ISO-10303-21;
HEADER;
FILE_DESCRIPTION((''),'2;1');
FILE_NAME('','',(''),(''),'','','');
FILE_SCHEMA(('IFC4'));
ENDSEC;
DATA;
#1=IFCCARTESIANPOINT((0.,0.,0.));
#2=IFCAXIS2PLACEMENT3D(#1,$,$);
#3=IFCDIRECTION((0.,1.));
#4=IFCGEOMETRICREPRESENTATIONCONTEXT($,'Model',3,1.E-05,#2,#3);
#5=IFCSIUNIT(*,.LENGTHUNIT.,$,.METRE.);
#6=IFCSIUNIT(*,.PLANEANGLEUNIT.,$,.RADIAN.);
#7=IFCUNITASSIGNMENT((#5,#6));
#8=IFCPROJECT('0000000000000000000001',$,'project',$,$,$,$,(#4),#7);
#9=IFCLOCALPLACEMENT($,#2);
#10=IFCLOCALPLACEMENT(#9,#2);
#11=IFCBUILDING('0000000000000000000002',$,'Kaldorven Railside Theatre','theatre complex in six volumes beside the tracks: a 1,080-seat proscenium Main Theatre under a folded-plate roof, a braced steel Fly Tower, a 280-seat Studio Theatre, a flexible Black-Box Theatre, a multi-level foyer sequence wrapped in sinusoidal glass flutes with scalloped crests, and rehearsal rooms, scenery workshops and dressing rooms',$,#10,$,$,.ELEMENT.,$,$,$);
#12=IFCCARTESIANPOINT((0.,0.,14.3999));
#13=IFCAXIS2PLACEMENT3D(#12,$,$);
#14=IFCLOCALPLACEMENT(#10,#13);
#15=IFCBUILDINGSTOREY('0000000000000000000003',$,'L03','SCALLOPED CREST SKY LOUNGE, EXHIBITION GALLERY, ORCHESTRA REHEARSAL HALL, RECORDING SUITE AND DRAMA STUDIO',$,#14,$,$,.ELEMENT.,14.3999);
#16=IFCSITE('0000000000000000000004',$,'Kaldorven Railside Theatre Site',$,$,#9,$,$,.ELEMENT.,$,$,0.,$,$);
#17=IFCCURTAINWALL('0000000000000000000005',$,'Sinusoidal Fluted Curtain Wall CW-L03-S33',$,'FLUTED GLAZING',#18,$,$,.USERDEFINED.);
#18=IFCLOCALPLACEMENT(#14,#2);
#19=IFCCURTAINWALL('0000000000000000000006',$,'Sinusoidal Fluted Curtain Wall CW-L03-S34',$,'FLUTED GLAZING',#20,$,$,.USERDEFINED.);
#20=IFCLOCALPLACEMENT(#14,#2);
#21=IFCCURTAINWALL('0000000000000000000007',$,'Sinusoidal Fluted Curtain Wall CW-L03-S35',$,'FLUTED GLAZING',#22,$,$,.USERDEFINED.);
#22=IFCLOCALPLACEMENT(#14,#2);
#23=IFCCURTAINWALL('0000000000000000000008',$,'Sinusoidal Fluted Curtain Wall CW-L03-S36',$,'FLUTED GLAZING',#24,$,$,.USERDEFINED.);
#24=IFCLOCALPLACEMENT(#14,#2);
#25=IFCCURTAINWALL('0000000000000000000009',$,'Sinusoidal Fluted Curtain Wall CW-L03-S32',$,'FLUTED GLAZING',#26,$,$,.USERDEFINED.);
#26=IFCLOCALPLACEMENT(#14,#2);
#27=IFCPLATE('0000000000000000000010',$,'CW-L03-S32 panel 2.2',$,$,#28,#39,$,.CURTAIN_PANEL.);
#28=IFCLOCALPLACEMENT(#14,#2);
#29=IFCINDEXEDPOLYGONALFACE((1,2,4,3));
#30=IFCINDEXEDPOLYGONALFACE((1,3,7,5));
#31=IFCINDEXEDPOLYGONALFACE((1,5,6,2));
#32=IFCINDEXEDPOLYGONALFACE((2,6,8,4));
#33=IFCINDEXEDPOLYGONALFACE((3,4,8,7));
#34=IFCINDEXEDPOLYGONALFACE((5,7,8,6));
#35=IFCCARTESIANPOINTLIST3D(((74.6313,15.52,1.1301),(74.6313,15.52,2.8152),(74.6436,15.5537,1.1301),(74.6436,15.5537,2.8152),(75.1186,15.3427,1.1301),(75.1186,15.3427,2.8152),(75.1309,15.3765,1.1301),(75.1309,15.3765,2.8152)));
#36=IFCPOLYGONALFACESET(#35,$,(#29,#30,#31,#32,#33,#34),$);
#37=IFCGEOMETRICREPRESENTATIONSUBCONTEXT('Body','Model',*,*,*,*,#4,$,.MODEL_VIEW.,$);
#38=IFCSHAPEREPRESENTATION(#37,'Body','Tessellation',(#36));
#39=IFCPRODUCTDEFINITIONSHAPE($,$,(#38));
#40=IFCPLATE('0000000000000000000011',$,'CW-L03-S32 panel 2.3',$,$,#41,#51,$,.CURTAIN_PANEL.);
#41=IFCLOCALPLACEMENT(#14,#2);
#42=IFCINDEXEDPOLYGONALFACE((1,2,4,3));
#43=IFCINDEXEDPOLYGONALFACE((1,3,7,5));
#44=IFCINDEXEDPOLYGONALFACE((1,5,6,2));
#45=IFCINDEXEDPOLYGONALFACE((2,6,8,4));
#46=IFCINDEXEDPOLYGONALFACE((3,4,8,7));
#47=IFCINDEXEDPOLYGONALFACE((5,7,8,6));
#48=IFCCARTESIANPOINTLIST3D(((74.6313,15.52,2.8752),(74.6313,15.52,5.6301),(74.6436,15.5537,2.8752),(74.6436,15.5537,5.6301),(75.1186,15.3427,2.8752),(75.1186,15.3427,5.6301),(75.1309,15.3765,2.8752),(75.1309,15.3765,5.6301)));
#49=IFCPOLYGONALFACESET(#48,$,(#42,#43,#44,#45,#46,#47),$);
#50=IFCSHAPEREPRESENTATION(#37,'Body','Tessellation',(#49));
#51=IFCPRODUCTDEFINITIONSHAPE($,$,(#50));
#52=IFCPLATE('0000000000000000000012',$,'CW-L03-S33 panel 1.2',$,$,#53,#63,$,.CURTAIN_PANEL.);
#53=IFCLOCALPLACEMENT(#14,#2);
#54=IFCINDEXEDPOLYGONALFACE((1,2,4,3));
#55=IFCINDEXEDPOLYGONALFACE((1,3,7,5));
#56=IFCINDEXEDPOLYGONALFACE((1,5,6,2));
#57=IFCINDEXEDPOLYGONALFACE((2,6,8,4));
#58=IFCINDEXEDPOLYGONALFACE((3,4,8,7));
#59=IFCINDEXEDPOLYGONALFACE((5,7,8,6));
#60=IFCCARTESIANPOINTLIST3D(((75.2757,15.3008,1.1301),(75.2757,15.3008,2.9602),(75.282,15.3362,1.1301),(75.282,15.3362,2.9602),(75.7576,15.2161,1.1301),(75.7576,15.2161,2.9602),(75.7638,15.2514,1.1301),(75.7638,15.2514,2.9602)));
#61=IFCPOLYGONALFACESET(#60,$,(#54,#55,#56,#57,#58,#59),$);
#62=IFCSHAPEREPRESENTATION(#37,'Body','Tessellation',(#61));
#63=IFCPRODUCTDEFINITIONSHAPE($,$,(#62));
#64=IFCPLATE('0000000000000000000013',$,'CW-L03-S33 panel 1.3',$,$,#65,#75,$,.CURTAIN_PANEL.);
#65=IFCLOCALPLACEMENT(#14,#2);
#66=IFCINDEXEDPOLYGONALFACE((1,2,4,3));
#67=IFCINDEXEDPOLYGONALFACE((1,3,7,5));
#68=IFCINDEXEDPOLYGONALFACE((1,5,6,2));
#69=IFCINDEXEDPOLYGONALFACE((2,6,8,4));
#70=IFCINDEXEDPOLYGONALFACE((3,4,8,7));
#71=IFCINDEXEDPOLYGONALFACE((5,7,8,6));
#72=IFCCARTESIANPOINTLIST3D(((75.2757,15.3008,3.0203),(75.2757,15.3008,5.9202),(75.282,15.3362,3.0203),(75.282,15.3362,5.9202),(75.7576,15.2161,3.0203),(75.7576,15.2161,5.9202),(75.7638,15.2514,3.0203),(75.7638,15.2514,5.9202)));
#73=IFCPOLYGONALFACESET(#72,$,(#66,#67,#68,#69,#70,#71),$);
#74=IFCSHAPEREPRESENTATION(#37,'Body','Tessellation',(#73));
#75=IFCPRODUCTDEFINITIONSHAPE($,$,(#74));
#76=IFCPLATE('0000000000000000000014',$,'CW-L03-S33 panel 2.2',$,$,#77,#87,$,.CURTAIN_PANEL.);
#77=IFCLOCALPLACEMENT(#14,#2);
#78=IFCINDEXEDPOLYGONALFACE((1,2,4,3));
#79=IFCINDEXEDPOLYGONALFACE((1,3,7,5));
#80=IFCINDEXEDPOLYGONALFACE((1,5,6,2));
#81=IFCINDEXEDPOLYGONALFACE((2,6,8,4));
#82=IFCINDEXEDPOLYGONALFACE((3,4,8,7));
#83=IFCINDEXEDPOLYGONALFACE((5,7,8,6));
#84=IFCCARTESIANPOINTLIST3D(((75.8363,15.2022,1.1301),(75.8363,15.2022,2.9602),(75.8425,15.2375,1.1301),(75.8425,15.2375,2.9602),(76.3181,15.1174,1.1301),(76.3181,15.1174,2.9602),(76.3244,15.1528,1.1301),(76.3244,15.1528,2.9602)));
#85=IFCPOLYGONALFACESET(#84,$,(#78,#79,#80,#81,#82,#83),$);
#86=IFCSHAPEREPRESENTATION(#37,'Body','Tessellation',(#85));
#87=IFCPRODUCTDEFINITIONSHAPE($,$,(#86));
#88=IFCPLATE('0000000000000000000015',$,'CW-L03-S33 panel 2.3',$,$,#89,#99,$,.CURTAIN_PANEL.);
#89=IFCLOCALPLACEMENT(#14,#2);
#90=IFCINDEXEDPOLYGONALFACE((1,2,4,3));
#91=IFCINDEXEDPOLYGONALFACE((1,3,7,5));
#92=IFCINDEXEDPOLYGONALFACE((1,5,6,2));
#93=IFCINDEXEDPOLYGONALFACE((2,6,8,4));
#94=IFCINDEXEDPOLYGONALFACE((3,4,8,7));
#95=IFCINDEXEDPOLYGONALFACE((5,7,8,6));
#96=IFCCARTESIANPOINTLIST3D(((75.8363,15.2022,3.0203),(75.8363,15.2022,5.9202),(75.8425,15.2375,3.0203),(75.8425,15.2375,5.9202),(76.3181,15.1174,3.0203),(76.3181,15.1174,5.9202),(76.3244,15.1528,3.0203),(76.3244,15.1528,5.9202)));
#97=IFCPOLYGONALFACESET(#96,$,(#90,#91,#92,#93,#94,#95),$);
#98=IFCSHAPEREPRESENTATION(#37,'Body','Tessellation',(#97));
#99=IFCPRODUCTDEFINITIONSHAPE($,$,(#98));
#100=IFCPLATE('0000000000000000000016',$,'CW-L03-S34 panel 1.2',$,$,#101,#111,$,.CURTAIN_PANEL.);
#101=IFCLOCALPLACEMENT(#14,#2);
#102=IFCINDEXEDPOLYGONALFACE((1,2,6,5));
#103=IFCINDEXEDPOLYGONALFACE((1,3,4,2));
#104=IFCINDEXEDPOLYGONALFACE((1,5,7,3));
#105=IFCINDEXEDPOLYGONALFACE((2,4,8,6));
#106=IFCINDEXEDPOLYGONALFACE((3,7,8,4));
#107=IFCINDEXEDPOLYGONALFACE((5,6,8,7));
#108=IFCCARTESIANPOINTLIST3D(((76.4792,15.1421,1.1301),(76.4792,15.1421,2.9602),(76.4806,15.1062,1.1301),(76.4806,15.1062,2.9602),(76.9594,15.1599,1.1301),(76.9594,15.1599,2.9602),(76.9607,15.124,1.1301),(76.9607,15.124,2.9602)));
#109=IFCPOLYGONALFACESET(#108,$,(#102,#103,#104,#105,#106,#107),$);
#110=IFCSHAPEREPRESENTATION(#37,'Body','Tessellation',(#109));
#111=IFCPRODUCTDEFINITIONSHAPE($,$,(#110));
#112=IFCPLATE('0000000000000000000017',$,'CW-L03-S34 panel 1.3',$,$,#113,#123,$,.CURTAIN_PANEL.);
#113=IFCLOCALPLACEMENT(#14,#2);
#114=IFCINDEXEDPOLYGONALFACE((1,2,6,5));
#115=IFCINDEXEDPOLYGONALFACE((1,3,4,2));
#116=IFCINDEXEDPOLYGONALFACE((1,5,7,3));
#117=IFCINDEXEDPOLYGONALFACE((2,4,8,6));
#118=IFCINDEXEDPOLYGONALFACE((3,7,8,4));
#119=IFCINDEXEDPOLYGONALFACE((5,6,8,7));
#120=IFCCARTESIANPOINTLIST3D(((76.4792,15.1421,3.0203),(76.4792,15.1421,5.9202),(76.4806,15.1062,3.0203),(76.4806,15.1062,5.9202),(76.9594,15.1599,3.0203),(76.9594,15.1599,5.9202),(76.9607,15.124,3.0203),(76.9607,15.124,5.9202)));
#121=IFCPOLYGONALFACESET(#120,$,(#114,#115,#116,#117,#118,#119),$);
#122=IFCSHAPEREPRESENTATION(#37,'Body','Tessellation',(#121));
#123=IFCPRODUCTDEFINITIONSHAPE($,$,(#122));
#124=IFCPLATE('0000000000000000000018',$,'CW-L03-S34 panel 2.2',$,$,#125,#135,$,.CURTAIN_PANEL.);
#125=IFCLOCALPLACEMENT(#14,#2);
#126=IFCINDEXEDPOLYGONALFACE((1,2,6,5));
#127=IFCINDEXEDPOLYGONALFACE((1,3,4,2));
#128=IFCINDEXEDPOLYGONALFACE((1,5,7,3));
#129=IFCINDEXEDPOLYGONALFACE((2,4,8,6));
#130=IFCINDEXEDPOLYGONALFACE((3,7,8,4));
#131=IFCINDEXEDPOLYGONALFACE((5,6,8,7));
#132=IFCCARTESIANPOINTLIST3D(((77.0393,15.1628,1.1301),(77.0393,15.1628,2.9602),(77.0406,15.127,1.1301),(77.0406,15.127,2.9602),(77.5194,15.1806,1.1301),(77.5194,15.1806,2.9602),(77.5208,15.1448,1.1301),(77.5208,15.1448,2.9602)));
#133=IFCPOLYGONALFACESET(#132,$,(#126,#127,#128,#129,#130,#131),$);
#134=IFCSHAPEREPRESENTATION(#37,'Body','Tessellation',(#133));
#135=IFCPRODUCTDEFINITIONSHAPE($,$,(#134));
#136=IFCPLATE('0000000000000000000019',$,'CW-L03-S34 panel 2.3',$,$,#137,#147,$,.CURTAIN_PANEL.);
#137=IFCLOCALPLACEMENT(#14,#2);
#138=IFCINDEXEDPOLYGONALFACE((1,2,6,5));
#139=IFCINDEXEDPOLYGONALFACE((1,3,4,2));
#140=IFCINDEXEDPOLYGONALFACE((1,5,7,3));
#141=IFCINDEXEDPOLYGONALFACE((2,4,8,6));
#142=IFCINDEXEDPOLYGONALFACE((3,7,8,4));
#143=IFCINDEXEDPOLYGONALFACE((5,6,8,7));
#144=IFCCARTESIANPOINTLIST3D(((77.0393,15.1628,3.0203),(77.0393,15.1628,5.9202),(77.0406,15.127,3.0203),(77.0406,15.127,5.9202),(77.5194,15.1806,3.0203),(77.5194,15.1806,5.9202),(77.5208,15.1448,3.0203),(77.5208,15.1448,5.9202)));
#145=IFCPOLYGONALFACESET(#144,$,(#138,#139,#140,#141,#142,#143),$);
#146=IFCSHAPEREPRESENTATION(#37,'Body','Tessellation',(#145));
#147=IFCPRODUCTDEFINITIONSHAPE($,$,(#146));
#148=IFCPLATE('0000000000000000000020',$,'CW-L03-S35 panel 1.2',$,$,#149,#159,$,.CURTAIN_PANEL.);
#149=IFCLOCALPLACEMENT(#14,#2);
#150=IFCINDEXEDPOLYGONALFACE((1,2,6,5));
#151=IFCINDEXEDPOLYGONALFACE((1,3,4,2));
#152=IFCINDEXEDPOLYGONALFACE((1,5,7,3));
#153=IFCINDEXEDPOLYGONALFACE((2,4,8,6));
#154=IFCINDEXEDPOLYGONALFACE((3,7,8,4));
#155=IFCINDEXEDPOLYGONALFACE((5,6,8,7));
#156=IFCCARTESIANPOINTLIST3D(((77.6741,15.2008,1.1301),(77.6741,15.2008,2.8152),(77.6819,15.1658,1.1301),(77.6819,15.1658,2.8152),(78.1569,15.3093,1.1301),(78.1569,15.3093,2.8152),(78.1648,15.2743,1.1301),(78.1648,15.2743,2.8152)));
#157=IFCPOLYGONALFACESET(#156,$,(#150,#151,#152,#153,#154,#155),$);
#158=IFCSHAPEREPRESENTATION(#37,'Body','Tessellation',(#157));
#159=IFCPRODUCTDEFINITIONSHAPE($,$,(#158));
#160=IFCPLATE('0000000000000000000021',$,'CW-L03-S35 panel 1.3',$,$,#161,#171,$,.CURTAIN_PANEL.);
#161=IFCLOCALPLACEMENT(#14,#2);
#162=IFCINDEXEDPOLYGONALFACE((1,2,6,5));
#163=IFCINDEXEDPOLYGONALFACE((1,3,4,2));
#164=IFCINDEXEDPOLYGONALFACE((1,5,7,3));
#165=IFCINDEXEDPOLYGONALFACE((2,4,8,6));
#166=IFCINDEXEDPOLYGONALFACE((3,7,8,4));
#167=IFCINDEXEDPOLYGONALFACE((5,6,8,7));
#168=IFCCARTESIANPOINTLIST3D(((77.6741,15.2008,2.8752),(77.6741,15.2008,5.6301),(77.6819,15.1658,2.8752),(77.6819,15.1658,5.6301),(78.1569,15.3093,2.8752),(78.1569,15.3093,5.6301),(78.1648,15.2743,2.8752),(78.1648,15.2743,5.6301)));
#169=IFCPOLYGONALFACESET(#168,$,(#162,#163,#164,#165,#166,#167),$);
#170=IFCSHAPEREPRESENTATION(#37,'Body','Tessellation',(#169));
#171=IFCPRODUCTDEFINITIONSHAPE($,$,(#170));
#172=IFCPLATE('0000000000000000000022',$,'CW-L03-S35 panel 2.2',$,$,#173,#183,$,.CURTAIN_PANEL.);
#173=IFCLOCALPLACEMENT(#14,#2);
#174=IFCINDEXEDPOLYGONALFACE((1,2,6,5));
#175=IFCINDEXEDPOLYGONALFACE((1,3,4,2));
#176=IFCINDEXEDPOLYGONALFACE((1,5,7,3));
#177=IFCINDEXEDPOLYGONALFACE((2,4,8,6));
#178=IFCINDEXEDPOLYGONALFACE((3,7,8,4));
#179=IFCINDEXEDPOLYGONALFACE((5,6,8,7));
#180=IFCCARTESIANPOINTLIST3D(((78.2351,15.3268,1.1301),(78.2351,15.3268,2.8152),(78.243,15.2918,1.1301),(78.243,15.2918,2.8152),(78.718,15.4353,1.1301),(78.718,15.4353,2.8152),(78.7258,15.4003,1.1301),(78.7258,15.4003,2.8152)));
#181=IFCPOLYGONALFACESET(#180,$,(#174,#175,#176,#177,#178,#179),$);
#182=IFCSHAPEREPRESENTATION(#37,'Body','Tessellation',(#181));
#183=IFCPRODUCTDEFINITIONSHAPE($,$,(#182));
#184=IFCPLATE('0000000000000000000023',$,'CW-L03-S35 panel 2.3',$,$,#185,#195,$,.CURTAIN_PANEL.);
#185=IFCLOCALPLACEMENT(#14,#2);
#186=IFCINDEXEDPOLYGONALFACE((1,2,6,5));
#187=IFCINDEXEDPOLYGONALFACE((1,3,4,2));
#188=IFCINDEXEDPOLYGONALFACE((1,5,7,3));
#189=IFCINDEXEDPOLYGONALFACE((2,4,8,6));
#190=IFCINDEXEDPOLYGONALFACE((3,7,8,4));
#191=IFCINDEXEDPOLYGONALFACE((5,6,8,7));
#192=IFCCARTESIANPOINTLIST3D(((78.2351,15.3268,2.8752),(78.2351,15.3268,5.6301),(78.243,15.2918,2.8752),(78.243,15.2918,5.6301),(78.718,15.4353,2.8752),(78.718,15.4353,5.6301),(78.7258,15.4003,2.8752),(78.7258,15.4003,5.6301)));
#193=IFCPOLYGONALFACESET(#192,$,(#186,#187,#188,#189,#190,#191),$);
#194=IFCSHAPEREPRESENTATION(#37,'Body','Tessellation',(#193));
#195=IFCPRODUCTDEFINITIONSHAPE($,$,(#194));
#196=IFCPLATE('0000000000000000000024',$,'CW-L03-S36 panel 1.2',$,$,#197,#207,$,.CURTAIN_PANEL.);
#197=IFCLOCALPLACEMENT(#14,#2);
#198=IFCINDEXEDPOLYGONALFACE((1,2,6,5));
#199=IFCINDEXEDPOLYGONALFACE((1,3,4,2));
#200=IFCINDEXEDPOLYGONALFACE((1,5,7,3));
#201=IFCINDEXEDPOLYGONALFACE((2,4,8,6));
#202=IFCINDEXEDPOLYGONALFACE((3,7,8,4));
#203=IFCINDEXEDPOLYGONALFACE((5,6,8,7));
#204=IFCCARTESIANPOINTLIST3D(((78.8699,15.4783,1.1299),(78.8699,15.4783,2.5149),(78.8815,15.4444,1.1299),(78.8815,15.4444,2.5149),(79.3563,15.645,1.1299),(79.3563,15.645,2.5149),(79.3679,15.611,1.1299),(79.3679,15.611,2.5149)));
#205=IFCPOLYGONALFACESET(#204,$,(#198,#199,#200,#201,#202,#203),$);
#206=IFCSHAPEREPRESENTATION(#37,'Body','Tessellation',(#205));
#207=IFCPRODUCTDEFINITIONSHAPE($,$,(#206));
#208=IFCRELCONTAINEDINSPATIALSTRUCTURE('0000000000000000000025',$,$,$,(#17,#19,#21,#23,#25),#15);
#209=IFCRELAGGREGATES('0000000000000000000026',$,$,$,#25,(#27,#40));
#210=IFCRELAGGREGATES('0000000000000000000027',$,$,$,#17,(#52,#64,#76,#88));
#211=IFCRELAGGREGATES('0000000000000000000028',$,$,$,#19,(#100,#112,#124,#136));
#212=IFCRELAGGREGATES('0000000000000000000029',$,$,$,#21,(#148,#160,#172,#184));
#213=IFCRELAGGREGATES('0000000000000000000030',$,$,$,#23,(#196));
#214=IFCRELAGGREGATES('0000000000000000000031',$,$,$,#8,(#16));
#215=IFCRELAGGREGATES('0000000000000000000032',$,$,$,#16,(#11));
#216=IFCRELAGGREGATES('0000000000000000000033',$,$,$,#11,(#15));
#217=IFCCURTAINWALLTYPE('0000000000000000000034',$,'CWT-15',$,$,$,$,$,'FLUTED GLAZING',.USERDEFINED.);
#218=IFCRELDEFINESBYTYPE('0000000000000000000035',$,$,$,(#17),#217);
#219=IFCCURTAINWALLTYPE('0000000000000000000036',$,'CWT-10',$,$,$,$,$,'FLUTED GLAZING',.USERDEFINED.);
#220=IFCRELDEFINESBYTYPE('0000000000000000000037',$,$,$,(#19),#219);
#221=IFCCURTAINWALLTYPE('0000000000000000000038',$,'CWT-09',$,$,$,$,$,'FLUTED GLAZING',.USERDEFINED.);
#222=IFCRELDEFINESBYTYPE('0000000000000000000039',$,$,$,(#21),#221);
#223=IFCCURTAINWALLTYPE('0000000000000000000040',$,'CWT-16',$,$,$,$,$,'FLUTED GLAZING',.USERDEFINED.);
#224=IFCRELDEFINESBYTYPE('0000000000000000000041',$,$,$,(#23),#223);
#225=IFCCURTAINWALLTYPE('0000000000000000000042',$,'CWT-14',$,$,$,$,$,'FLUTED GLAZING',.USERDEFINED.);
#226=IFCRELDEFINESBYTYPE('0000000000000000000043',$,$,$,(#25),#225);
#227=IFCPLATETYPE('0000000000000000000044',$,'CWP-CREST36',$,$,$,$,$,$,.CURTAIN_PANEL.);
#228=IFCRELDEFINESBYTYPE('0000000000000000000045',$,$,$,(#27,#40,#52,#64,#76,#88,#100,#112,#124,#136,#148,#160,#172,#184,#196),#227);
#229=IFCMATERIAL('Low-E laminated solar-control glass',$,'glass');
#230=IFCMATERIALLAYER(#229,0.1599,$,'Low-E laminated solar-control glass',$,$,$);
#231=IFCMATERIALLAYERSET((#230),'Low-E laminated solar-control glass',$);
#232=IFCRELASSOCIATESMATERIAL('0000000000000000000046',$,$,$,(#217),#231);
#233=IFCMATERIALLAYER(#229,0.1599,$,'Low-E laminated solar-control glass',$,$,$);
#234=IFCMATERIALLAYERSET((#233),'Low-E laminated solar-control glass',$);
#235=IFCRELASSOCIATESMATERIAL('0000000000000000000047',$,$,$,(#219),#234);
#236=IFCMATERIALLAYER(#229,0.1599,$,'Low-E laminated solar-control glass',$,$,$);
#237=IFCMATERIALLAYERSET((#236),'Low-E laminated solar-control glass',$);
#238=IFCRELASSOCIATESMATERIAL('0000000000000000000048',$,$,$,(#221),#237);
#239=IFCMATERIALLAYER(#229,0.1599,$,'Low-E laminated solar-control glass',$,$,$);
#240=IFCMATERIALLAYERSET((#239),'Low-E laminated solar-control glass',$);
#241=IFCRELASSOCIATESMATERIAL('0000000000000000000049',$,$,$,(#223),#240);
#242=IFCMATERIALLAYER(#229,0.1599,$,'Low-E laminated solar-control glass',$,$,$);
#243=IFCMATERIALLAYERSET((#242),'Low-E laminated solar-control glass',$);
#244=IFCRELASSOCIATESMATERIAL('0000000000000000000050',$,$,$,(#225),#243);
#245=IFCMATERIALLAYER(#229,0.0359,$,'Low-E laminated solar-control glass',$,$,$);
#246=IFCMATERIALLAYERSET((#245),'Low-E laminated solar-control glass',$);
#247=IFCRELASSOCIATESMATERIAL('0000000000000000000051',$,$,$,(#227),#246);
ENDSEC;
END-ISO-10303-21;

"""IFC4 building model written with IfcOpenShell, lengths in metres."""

from ifc_helpers import new_model, si_unit, direction, frame, origin, origin_2d, place, context, subcontext, project, spatial, rectangle, extrude, material, layer, layer_set, type_object, element, aggregate, save


model = new_model("IFC4")

# Units and contexts
model_context = context("Model", 3, precision=1e-05, world=origin(), true_north=direction((0.0, 1.0)))
body_context = subcontext(model_context, "Body", "Model", "MODEL_VIEW")
ifc_project = project(units=[si_unit("LENGTHUNIT", "METRE"), si_unit("PLANEANGLEUNIT", "RADIAN")], contexts=[model_context])

# Site, building, storey
site_placement = place(None, origin())
site = spatial("IfcSite", under=ifc_project, at=site_placement, Name="Kaldorven Railside Theatre Site", CompositionType="ELEMENT", RefElevation=0.0)
building_placement = place(site_placement, origin())
building = spatial("IfcBuilding", under=site, at=building_placement, Name="Kaldorven Railside Theatre", Description="theatre complex in six volumes beside the tracks: a 1,080-seat proscenium Main Theatre under a folded-plate roof, a braced steel Fly Tower, a 280-seat Studio Theatre, a flexible Black-Box Theatre, a multi-level foyer sequence wrapped in sinusoidal glass flutes with scalloped crests, and rehearsal rooms, scenery workshops and dressing rooms", CompositionType="ELEMENT")
storey_placement = place(building_placement, frame((0.0, 0.0, 14.3999)))
storey = spatial("IfcBuildingStorey", under=building, at=storey_placement, Name="L03", Description="SCALLOPED CREST SKY LOUNGE, EXHIBITION GALLERY, ORCHESTRA REHEARSAL HALL, RECORDING SUITE AND DRAMA STUDIO", CompositionType="ELEMENT", Elevation=14.3999)

# Curtain walls
ifc_material_1 = material(Name="Low-E laminated solar-control glass", Category="glass")
ifc_layer_1 = layer(ifc_material_1, 0.1599, Name="Low-E laminated solar-control glass")
ifc_layer_set_1 = layer_set([ifc_layer_1], Name="Low-E laminated solar-control glass")
curtain_wall_type_1 = type_object("IfcCurtainWallType", Name="CWT-15", ElementType="FLUTED GLAZING", PredefinedType="USERDEFINED", material=ifc_layer_set_1)
curtain_wall_1_placement = place(storey_placement, origin())
curtain_wall_1 = element("IfcCurtainWall", 1, at=curtain_wall_1_placement, inside=storey, type_object=curtain_wall_type_1, Name="Sinusoidal Fluted Curtain Wall CW-L03-S33", ObjectType="FLUTED GLAZING", PredefinedType="USERDEFINED")
ifc_layer_2 = layer(ifc_material_1, 0.1599, Name="Low-E laminated solar-control glass")
ifc_layer_set_2 = layer_set([ifc_layer_2], Name="Low-E laminated solar-control glass")
curtain_wall_type_2 = type_object("IfcCurtainWallType", Name="CWT-10", ElementType="FLUTED GLAZING", PredefinedType="USERDEFINED", material=ifc_layer_set_2)
curtain_wall_2_placement = place(storey_placement, origin())
curtain_wall_2 = element("IfcCurtainWall", 2, at=curtain_wall_2_placement, inside=storey, type_object=curtain_wall_type_2, Name="Sinusoidal Fluted Curtain Wall CW-L03-S34", ObjectType="FLUTED GLAZING", PredefinedType="USERDEFINED")
ifc_layer_3 = layer(ifc_material_1, 0.1599, Name="Low-E laminated solar-control glass")
ifc_layer_set_3 = layer_set([ifc_layer_3], Name="Low-E laminated solar-control glass")
curtain_wall_type_3 = type_object("IfcCurtainWallType", Name="CWT-09", ElementType="FLUTED GLAZING", PredefinedType="USERDEFINED", material=ifc_layer_set_3)
curtain_wall_3_placement = place(storey_placement, origin())
curtain_wall_3 = element("IfcCurtainWall", 3, at=curtain_wall_3_placement, inside=storey, type_object=curtain_wall_type_3, Name="Sinusoidal Fluted Curtain Wall CW-L03-S35", ObjectType="FLUTED GLAZING", PredefinedType="USERDEFINED")
ifc_layer_4 = layer(ifc_material_1, 0.1599, Name="Low-E laminated solar-control glass")
ifc_layer_set_4 = layer_set([ifc_layer_4], Name="Low-E laminated solar-control glass")
curtain_wall_type_4 = type_object("IfcCurtainWallType", Name="CWT-16", ElementType="FLUTED GLAZING", PredefinedType="USERDEFINED", material=ifc_layer_set_4)
curtain_wall_4_placement = place(storey_placement, origin())
curtain_wall_4 = element("IfcCurtainWall", 4, at=curtain_wall_4_placement, inside=storey, type_object=curtain_wall_type_4, Name="Sinusoidal Fluted Curtain Wall CW-L03-S36", ObjectType="FLUTED GLAZING", PredefinedType="USERDEFINED")

# Curtain wall, plates
ifc_layer_5 = layer(ifc_material_1, 0.1599, Name="Low-E laminated solar-control glass")
ifc_layer_set_5 = layer_set([ifc_layer_5], Name="Low-E laminated solar-control glass")
curtain_wall_type_5 = type_object("IfcCurtainWallType", Name="CWT-14", ElementType="FLUTED GLAZING", PredefinedType="USERDEFINED", material=ifc_layer_set_5)
curtain_wall_5_placement = place(storey_placement, origin())
curtain_wall_5 = element("IfcCurtainWall", 5, at=curtain_wall_5_placement, inside=storey, type_object=curtain_wall_type_5, Name="Sinusoidal Fluted Curtain Wall CW-L03-S32", ObjectType="FLUTED GLAZING", PredefinedType="USERDEFINED")
ifc_layer_6 = layer(ifc_material_1, 0.0359, Name="Low-E laminated solar-control glass")
ifc_layer_set_6 = layer_set([ifc_layer_6], Name="Low-E laminated solar-control glass")
plate_type = type_object("IfcPlateType", Name="CWP-CREST36", PredefinedType="CURTAIN_PANEL", material=ifc_layer_set_6)
plate_1_placement = place(storey_placement, frame((74.8811, 15.4482, 1.1301), z_axis=(0.0, 0.0, 1.0), x_axis=(0.939759, -0.341837, 0.0)))
plate_1 = element("IfcPlate", 6, at=plate_1_placement, type_object=plate_type, Name="CW-L03-S32 panel 2.2", PredefinedType="CURTAIN_PANEL", context=body_context, shape_type="SweptSolid", body=[
    extrude(rectangle(XDim=0.5186, YDim=0.0359, at=origin_2d()), origin(), (0.0, 0.0, 1.0), 1.6851),
])
plate_2_placement = place(storey_placement, frame((74.8811, 15.4482, 2.8752), z_axis=(0.0, 0.0, 1.0), x_axis=(0.939759, -0.341837, 0.0)))
plate_2 = element("IfcPlate", 7, at=plate_2_placement, type_object=plate_type, Name="CW-L03-S32 panel 2.3", PredefinedType="CURTAIN_PANEL", context=body_context, shape_type="SweptSolid", body=[
    extrude(rectangle(XDim=0.5186, YDim=0.0359, at=origin_2d()), origin(), (0.0, 0.0, 1.0), 2.7549),
])
aggregate(curtain_wall_5, [plate_1, plate_2])

# Plates
plate_3_placement = place(storey_placement, frame((75.5198, 15.2761, 1.1301), z_axis=(0.0, 0.0, 1.0), x_axis=(0.984877, -0.173256, 0.0)))
plate_3 = element("IfcPlate", 8, at=plate_3_placement, type_object=plate_type, Name="CW-L03-S33 panel 1.2", PredefinedType="CURTAIN_PANEL", context=body_context, shape_type="SweptSolid", body=[
    extrude(rectangle(XDim=0.4893, YDim=0.0359, at=origin_2d()), origin(), (0.0, 0.0, 1.0), 1.8301),
])
plate_4_placement = place(storey_placement, frame((75.5198, 15.2761, 3.0203), z_axis=(0.0, 0.0, 1.0), x_axis=(0.984877, -0.173256, 0.0)))
plate_4 = element("IfcPlate", 9, at=plate_4_placement, type_object=plate_type, Name="CW-L03-S33 panel 1.3", PredefinedType="CURTAIN_PANEL", context=body_context, shape_type="SweptSolid", body=[
    extrude(rectangle(XDim=0.4893, YDim=0.0359, at=origin_2d()), origin(), (0.0, 0.0, 1.0), 2.8999),
])
plate_5_placement = place(storey_placement, frame((76.0803, 15.1775, 1.1301), z_axis=(0.0, 0.0, 1.0), x_axis=(0.984877, -0.173256, 0.0)))
plate_5 = element("IfcPlate", 10, at=plate_5_placement, type_object=plate_type, Name="CW-L03-S33 panel 2.2", PredefinedType="CURTAIN_PANEL", context=body_context, shape_type="SweptSolid", body=[
    extrude(rectangle(XDim=0.4893, YDim=0.0359, at=origin_2d()), origin(), (0.0, 0.0, 1.0), 1.8301),
])
plate_6_placement = place(storey_placement, frame((76.0803, 15.1775, 3.0203), z_axis=(0.0, 0.0, 1.0), x_axis=(0.984877, -0.173256, 0.0)))
plate_6 = element("IfcPlate", 11, at=plate_6_placement, type_object=plate_type, Name="CW-L03-S33 panel 2.3", PredefinedType="CURTAIN_PANEL", context=body_context, shape_type="SweptSolid", body=[
    extrude(rectangle(XDim=0.4893, YDim=0.0359, at=origin_2d()), origin(), (0.0, 0.0, 1.0), 2.8999),
])
aggregate(curtain_wall_1, [plate_3, plate_4, plate_5, plate_6])
plate_7_placement = place(storey_placement, frame((76.72, 15.1331, 1.1301), z_axis=(0.0, 0.0, 1.0), x_axis=(0.999313, 0.037058, 0.0)))
plate_7 = element("IfcPlate", 12, at=plate_7_placement, type_object=plate_type, Name="CW-L03-S34 panel 1.2", PredefinedType="CURTAIN_PANEL", context=body_context, shape_type="SweptSolid", body=[
    extrude(rectangle(XDim=0.4805, YDim=0.0359, at=origin_2d()), origin(), (0.0, 0.0, 1.0), 1.8301),
])
plate_8_placement = place(storey_placement, frame((76.72, 15.1331, 3.0203), z_axis=(0.0, 0.0, 1.0), x_axis=(0.999313, 0.037058, 0.0)))
plate_8 = element("IfcPlate", 13, at=plate_8_placement, type_object=plate_type, Name="CW-L03-S34 panel 1.3", PredefinedType="CURTAIN_PANEL", context=body_context, shape_type="SweptSolid", body=[
    extrude(rectangle(XDim=0.4805, YDim=0.0359, at=origin_2d()), origin(), (0.0, 0.0, 1.0), 2.8999),
])
plate_9_placement = place(storey_placement, frame((77.28, 15.1538, 1.1301), z_axis=(0.0, 0.0, 1.0), x_axis=(0.999313, 0.037058, 0.0)))
plate_9 = element("IfcPlate", 14, at=plate_9_placement, type_object=plate_type, Name="CW-L03-S34 panel 2.2", PredefinedType="CURTAIN_PANEL", context=body_context, shape_type="SweptSolid", body=[
    extrude(rectangle(XDim=0.4805, YDim=0.0359, at=origin_2d()), origin(), (0.0, 0.0, 1.0), 1.8301),
])
plate_10_placement = place(storey_placement, frame((77.28, 15.1538, 3.0203), z_axis=(0.0, 0.0, 1.0), x_axis=(0.999313, 0.037058, 0.0)))
plate_10 = element("IfcPlate", 15, at=plate_10_placement, type_object=plate_type, Name="CW-L03-S34 panel 2.3", PredefinedType="CURTAIN_PANEL", context=body_context, shape_type="SweptSolid", body=[
    extrude(rectangle(XDim=0.4805, YDim=0.0359, at=origin_2d()), origin(), (0.0, 0.0, 1.0), 2.8999),
])
aggregate(curtain_wall_2, [plate_7, plate_8, plate_9, plate_10])
plate_11_placement = place(storey_placement, frame((77.9194, 15.2375, 1.1301), z_axis=(0.0, 0.0, 1.0), x_axis=(0.975679, 0.219203, 0.0)))
plate_11 = element("IfcPlate", 16, at=plate_11_placement, type_object=plate_type, Name="CW-L03-S35 panel 1.2", PredefinedType="CURTAIN_PANEL", context=body_context, shape_type="SweptSolid", body=[
    extrude(rectangle(XDim=0.4949, YDim=0.0359, at=origin_2d()), origin(), (0.0, 0.0, 1.0), 1.6851),
])
plate_12_placement = place(storey_placement, frame((77.9194, 15.2375, 2.8752), z_axis=(0.0, 0.0, 1.0), x_axis=(0.975679, 0.219203, 0.0)))
plate_12 = element("IfcPlate", 17, at=plate_12_placement, type_object=plate_type, Name="CW-L03-S35 panel 1.3", PredefinedType="CURTAIN_PANEL", context=body_context, shape_type="SweptSolid", body=[
    extrude(rectangle(XDim=0.4949, YDim=0.0359, at=origin_2d()), origin(), (0.0, 0.0, 1.0), 2.7549),
])
plate_13_placement = place(storey_placement, frame((78.4805, 15.3635, 1.1301), z_axis=(0.0, 0.0, 1.0), x_axis=(0.975679, 0.219203, 0.0)))
plate_13 = element("IfcPlate", 18, at=plate_13_placement, type_object=plate_type, Name="CW-L03-S35 panel 2.2", PredefinedType="CURTAIN_PANEL", context=body_context, shape_type="SweptSolid", body=[
    extrude(rectangle(XDim=0.4949, YDim=0.0359, at=origin_2d()), origin(), (0.0, 0.0, 1.0), 1.6851),
])
plate_14_placement = place(storey_placement, frame((78.4805, 15.3635, 2.8752), z_axis=(0.0, 0.0, 1.0), x_axis=(0.975679, 0.219203, 0.0)))
plate_14 = element("IfcPlate", 19, at=plate_14_placement, type_object=plate_type, Name="CW-L03-S35 panel 2.3", PredefinedType="CURTAIN_PANEL", context=body_context, shape_type="SweptSolid", body=[
    extrude(rectangle(XDim=0.4949, YDim=0.0359, at=origin_2d()), origin(), (0.0, 0.0, 1.0), 2.7549),
])
aggregate(curtain_wall_3, [plate_11, plate_12, plate_13, plate_14])
plate_15_placement = place(storey_placement, frame((79.1189, 15.5447, 1.1299), z_axis=(0.0, 0.0, 1.0), x_axis=(0.946025, 0.324093, 0.0)))
plate_15 = element("IfcPlate", 20, at=plate_15_placement, type_object=plate_type, Name="CW-L03-S36 panel 1.2", PredefinedType="CURTAIN_PANEL", context=body_context, shape_type="SweptSolid", body=[
    extrude(rectangle(XDim=0.5142, YDim=0.0359, at=origin_2d()), origin(), (0.0, 0.0, 1.0), 1.385),
])
aggregate(curtain_wall_4, [plate_15])

save(model, "model.ifc")
